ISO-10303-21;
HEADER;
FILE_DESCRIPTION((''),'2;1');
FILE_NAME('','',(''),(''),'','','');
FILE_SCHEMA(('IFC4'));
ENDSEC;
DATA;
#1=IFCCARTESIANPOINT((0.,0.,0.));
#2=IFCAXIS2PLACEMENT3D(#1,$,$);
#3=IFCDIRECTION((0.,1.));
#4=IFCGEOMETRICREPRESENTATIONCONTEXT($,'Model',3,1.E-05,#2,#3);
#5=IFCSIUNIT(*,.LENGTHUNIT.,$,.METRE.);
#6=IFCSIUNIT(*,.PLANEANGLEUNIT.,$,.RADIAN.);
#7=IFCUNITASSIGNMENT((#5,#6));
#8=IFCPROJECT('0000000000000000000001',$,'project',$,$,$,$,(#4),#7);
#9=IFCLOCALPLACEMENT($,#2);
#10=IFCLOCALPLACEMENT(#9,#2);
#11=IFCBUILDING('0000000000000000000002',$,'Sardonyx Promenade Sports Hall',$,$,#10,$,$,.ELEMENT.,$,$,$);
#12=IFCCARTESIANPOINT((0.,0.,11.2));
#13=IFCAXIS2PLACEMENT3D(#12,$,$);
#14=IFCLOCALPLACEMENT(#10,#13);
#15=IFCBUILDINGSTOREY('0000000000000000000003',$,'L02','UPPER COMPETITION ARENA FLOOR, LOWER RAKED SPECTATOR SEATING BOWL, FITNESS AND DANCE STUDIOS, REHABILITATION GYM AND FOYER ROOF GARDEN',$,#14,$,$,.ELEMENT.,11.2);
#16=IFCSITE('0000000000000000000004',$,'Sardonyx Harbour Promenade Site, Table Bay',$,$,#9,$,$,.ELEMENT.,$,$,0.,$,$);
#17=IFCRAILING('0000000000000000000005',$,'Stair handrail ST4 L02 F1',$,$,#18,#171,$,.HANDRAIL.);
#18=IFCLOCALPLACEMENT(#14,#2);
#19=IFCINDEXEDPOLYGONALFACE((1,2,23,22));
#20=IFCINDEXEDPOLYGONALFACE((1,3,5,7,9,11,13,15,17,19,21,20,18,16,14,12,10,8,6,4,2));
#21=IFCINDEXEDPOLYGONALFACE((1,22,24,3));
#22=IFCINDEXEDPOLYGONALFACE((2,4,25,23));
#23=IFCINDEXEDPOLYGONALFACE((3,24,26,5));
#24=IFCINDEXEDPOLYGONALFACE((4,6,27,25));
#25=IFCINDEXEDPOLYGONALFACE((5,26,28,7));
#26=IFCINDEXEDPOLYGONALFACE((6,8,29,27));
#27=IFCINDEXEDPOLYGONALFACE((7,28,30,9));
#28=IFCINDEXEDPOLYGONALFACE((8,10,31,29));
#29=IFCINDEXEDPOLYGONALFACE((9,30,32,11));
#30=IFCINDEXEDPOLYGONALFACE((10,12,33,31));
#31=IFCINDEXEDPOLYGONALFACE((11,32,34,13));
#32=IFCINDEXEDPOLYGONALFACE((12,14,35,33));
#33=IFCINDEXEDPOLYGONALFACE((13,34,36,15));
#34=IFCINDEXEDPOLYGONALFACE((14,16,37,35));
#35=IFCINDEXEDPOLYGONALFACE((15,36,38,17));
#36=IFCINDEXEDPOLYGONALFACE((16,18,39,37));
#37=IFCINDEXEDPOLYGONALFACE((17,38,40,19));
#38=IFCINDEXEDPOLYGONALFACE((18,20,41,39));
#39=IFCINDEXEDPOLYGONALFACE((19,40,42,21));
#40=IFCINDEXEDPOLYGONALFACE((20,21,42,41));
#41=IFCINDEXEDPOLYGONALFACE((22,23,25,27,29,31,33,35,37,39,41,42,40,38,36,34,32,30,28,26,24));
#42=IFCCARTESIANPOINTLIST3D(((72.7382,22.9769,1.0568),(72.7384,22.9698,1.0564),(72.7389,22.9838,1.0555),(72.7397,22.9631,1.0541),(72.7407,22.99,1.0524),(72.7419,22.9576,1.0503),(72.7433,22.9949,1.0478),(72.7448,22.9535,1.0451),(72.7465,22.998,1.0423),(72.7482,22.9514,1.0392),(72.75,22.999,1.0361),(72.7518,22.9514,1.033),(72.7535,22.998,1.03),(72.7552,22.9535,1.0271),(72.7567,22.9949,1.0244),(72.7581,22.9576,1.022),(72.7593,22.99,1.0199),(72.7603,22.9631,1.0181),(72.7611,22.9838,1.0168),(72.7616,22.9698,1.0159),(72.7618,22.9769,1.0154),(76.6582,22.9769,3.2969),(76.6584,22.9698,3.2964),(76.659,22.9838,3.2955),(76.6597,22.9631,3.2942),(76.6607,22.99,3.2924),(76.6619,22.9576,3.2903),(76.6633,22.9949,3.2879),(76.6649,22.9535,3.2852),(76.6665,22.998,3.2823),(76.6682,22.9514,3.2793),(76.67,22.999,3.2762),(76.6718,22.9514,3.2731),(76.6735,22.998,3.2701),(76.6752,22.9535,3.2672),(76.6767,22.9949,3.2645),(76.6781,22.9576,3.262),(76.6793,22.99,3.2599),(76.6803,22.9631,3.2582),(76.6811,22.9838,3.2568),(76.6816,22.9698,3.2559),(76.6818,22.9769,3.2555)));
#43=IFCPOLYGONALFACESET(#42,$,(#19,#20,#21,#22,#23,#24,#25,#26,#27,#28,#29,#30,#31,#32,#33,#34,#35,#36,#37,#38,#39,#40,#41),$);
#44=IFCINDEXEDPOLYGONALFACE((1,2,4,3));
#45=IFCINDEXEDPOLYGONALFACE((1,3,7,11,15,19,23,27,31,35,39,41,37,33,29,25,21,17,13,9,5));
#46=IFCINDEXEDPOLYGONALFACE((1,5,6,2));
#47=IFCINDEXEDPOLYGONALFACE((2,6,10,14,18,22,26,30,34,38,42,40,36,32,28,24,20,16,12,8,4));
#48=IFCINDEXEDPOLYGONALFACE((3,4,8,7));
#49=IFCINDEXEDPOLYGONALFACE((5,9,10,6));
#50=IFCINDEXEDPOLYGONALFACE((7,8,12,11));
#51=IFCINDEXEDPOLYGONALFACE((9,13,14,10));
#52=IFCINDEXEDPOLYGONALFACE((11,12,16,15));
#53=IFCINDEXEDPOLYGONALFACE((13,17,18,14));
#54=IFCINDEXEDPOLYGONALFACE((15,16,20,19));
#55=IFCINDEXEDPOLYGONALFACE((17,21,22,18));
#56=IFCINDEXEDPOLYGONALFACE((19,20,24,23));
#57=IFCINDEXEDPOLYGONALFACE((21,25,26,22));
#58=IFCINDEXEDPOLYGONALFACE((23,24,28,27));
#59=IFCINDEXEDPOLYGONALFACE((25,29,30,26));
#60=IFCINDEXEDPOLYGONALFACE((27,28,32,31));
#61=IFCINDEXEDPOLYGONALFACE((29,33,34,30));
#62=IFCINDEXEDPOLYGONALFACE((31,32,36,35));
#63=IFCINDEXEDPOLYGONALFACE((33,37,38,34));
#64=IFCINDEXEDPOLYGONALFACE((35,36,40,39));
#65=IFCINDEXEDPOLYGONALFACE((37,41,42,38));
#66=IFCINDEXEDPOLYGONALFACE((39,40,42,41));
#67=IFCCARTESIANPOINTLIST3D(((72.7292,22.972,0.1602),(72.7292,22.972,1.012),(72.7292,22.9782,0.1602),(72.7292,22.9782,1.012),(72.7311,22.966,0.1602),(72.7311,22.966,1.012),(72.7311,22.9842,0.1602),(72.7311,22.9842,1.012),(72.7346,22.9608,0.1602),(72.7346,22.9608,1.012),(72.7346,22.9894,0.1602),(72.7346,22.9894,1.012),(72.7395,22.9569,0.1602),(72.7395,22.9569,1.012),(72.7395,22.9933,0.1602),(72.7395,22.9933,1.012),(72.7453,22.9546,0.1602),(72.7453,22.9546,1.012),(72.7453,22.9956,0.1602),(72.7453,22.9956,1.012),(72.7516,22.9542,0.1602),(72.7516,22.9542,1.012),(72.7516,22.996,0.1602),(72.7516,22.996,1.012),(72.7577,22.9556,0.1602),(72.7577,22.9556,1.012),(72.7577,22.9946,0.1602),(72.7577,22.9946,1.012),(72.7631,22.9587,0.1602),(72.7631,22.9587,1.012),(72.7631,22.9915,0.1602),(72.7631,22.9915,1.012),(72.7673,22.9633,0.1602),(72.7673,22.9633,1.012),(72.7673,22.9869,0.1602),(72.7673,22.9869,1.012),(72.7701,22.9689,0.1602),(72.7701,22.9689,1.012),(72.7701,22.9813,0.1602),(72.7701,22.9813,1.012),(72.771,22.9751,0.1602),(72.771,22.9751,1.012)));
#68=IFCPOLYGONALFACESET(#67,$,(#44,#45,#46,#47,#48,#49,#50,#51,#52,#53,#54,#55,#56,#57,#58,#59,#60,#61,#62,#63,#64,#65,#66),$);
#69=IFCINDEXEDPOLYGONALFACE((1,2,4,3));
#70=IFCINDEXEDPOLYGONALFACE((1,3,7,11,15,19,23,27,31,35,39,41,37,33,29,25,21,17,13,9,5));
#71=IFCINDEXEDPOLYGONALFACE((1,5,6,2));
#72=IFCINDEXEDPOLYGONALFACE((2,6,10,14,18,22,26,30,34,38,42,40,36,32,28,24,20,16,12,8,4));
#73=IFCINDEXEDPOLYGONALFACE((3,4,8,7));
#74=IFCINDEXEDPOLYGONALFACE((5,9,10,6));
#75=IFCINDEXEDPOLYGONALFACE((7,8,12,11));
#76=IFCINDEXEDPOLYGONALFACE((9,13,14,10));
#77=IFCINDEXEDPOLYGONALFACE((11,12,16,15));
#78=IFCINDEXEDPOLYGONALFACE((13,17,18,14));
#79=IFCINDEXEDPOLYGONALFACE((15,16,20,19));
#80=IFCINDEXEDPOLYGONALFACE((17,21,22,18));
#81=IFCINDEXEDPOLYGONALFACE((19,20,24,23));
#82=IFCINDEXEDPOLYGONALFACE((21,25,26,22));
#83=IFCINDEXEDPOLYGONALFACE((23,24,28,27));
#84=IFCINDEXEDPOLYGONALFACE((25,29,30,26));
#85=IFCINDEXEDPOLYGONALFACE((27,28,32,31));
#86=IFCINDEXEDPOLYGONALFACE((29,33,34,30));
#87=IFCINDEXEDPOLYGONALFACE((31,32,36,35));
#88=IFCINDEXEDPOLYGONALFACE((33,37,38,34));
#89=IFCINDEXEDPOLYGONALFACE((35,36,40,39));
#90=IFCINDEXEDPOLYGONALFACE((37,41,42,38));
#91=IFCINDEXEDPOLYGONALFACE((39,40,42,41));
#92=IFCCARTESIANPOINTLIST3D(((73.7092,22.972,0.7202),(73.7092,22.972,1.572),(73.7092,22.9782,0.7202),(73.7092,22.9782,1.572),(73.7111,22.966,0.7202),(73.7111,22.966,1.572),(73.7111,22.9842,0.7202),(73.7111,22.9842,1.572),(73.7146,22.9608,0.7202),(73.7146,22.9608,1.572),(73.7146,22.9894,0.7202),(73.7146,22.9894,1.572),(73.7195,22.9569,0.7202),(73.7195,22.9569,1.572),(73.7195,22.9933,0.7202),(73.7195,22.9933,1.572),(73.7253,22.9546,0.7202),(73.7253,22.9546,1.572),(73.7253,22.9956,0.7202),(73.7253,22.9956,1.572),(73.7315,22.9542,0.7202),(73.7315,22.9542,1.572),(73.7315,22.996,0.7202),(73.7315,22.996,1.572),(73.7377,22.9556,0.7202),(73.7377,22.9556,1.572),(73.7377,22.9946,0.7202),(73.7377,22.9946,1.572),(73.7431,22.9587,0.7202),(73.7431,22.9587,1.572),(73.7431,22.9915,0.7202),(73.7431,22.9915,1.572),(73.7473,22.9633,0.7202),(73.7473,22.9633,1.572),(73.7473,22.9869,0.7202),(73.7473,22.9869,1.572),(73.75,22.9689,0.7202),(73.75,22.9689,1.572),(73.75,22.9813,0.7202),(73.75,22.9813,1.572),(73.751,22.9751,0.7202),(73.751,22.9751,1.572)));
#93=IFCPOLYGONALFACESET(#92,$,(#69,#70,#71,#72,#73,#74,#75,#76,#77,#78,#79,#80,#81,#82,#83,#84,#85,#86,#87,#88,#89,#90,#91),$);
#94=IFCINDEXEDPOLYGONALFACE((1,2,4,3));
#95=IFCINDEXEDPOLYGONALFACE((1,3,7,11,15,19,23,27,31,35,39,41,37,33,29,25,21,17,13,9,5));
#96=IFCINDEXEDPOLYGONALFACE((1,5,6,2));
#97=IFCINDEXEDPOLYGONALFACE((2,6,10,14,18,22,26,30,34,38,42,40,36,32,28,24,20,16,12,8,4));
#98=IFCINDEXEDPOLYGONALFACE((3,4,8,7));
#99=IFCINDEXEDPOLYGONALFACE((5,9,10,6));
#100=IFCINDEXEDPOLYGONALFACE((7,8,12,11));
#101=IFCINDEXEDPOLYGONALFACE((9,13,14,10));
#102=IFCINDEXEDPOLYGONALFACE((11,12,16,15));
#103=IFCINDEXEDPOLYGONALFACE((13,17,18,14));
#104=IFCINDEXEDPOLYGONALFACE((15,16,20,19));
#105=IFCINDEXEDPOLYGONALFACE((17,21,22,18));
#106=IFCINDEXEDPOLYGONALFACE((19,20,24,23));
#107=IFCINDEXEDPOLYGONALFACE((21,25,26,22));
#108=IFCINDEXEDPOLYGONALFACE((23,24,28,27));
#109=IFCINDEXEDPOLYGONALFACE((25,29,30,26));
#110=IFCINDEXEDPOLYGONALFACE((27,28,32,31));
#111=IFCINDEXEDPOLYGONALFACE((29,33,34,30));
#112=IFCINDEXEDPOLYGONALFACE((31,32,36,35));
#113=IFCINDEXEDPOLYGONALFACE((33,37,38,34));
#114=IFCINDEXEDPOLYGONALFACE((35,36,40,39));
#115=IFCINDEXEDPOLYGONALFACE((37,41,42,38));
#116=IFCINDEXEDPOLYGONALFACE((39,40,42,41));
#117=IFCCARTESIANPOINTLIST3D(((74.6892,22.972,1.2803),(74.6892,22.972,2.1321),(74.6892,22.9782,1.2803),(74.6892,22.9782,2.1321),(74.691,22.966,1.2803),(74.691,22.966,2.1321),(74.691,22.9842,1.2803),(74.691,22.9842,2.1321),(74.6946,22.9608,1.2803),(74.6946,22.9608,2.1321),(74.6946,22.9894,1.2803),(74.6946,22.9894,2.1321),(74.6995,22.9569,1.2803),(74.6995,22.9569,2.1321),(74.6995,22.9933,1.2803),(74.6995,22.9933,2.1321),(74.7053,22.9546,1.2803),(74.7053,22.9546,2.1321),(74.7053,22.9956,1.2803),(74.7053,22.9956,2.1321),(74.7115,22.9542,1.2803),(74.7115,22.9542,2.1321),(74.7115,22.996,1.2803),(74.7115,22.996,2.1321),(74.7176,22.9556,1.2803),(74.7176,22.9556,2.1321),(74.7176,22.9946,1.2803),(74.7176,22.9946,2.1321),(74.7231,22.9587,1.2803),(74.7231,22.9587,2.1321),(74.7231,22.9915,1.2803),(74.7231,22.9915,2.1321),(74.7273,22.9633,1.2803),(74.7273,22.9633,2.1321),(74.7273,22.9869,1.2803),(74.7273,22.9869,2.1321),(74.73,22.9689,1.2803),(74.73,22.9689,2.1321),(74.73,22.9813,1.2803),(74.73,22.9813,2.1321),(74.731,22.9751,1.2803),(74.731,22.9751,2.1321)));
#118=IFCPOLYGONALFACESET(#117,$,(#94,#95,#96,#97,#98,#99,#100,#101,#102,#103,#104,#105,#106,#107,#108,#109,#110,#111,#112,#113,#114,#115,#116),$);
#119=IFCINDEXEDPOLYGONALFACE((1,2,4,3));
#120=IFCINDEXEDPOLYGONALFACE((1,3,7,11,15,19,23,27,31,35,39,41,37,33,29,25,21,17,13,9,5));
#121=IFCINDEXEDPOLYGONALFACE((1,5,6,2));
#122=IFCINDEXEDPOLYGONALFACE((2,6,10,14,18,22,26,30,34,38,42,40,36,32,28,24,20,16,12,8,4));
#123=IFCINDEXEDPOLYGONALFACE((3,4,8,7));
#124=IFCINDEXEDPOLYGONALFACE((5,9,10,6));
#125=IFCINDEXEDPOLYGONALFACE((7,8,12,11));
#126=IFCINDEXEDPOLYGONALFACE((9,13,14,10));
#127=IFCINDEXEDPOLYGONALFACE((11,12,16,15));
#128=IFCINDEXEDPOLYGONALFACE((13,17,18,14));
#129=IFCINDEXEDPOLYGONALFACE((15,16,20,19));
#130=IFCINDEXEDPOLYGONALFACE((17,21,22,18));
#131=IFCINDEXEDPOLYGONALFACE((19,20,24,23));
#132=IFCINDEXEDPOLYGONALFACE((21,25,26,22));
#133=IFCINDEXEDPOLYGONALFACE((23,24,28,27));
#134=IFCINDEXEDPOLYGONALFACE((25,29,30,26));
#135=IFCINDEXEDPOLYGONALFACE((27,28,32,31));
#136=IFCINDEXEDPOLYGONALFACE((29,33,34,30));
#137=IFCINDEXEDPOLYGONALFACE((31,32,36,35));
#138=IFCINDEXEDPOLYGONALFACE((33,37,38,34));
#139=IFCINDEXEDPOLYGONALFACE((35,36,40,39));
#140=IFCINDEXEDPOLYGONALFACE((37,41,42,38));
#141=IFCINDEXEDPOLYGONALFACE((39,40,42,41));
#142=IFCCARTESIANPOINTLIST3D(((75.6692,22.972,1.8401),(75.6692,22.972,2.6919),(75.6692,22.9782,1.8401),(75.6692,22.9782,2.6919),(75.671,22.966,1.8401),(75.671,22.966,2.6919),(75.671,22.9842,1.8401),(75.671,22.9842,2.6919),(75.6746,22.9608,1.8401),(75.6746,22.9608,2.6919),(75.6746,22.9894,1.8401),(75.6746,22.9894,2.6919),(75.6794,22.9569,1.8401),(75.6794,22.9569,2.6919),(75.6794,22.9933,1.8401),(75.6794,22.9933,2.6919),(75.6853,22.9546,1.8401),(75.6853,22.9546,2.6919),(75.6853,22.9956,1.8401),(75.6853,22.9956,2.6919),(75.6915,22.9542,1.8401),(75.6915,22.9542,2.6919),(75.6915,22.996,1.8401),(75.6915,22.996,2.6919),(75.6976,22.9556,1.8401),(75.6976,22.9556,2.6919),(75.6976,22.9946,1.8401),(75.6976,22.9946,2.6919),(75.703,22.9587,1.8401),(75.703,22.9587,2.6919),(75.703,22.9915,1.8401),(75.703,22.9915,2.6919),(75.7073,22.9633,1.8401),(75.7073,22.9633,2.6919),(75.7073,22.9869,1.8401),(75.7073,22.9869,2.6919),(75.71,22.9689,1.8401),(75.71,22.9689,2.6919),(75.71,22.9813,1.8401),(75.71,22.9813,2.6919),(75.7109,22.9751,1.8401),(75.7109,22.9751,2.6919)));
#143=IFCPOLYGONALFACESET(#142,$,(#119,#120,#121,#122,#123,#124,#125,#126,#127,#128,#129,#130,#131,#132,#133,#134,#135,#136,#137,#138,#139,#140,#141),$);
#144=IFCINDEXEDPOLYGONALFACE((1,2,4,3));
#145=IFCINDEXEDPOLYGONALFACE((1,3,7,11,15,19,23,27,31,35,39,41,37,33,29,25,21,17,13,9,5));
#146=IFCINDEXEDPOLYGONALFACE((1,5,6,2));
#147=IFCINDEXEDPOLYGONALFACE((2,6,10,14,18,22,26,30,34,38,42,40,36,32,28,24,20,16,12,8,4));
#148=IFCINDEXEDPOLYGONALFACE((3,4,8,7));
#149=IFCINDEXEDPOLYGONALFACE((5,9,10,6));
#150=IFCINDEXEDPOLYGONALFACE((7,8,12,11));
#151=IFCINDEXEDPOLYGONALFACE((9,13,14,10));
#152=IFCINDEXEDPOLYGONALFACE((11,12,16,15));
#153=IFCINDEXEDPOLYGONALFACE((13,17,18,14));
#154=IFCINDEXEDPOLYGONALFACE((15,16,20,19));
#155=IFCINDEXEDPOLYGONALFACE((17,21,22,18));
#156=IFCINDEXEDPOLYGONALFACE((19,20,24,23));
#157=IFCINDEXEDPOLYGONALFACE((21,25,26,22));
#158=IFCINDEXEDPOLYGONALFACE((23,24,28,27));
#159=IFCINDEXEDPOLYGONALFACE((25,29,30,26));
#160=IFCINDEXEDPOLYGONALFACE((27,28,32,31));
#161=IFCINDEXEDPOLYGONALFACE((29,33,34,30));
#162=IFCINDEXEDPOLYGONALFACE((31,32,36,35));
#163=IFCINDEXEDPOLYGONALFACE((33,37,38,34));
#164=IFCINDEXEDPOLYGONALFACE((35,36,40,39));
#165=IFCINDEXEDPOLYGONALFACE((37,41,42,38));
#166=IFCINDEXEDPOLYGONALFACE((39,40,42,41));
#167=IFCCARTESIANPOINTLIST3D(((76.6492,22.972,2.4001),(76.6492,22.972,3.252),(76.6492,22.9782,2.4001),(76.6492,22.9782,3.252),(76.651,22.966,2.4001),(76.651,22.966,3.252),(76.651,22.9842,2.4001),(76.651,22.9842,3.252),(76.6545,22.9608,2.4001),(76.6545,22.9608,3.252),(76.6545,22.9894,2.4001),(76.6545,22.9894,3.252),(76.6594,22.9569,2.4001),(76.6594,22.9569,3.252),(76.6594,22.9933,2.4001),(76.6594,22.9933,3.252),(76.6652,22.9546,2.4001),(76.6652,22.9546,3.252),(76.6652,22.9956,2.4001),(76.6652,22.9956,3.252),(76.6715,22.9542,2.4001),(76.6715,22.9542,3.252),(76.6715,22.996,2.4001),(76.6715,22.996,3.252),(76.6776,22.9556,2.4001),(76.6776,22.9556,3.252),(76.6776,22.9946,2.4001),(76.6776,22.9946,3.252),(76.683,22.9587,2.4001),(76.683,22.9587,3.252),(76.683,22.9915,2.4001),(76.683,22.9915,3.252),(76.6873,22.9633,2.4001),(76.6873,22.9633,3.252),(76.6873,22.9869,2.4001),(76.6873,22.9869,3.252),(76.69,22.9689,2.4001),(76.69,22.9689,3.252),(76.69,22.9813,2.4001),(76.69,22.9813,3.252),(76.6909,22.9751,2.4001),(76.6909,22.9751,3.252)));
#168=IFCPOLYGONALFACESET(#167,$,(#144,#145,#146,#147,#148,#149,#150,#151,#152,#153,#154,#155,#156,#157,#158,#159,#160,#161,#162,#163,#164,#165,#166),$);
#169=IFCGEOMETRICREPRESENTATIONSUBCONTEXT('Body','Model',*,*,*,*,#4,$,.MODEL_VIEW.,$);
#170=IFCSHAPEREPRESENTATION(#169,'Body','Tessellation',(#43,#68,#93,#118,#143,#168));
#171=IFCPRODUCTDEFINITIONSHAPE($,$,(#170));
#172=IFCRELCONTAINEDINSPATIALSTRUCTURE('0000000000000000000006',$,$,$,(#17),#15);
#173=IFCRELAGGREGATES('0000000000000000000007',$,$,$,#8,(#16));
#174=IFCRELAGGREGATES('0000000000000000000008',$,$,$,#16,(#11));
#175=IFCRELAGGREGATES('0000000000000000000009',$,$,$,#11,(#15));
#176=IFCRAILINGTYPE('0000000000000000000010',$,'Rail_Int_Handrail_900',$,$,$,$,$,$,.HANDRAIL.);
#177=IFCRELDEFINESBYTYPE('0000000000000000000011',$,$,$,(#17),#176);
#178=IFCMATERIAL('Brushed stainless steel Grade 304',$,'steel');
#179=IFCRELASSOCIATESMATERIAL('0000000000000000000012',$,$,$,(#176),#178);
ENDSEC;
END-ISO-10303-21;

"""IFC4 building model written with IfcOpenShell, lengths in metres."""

from ifc_helpers import new_model, si_unit, direction, frame, origin, origin_2d, place, context, subcontext, project, spatial, circle, extrude, material, type_object, element, save


model = new_model("IFC4")

# Units and contexts
model_context = context("Model", 3, precision=1e-05, world=origin(), true_north=direction((0.0, 1.0)))
body_context = subcontext(model_context, "Body", "Model", "MODEL_VIEW")
ifc_project = project(units=[si_unit("LENGTHUNIT", "METRE"), si_unit("PLANEANGLEUNIT", "RADIAN")], contexts=[model_context])

# Site, building, storey
site_placement = place(None, origin())
site = spatial("IfcSite", under=ifc_project, at=site_placement, Name="Sardonyx Harbour Promenade Site, Table Bay", CompositionType="ELEMENT", RefElevation=0.0)
building_placement = place(site_placement, origin())
building = spatial("IfcBuilding", under=site, at=building_placement, Name="Sardonyx Promenade Sports Hall", CompositionType="ELEMENT")
storey_placement = place(building_placement, frame((0.0, 0.0, 11.2)))
storey = spatial("IfcBuildingStorey", under=building, at=storey_placement, Name="L02", Description="UPPER COMPETITION ARENA FLOOR, LOWER RAKED SPECTATOR SEATING BOWL, FITNESS AND DANCE STUDIOS, REHABILITATION GYM AND FOYER ROOF GARDEN", CompositionType="ELEMENT", Elevation=11.2)

# Railing
ifc_material_1 = material(Name="Brushed stainless steel Grade 304", Category="steel")
railing_type_1 = type_object("IfcRailingType", Name="Rail_Int_Handrail_900", PredefinedType="HANDRAIL", material=ifc_material_1)
railing_1_placement = place(storey_placement, frame((72.75, 22.9751, 0.1602)))
element("IfcRailing", 1, at=railing_1_placement, inside=storey, type_object=railing_type_1, Name="Stair handrail ST4 L02 F1", PredefinedType="HANDRAIL", context=body_context, shape_type="SweptSolid", body=[
    extrude(circle(Radius=0.0239, at=origin_2d()), frame((0.0, 0.0, 0.876), z_axis=(0.86824, 0.0, 0.496145), x_axis=(0.0, 1.0, 0.0)), (0.0, 0.0, 1.0), 4.5149),
    extrude(circle(Radius=0.021, at=origin_2d()), origin(), (0.0, 0.0, 1.0), 0.8518),
    extrude(circle(Radius=0.021, at=origin_2d()), frame((0.98, 0.0, 0.5601)), (0.0, 0.0, 1.0), 0.8518),
    extrude(circle(Radius=0.021, at=origin_2d()), frame((1.96, 0.0, 1.1201)), (0.0, 0.0, 1.0), 0.8518),
    extrude(circle(Radius=0.021, at=origin_2d()), frame((2.9399, 0.0, 1.6799)), (0.0, 0.0, 1.0), 0.8518),
    extrude(circle(Radius=0.021, at=origin_2d()), frame((3.9199, 0.0, 2.24)), (0.0, 0.0, 1.0), 0.8518),
])

save(model, "model.ifc")
